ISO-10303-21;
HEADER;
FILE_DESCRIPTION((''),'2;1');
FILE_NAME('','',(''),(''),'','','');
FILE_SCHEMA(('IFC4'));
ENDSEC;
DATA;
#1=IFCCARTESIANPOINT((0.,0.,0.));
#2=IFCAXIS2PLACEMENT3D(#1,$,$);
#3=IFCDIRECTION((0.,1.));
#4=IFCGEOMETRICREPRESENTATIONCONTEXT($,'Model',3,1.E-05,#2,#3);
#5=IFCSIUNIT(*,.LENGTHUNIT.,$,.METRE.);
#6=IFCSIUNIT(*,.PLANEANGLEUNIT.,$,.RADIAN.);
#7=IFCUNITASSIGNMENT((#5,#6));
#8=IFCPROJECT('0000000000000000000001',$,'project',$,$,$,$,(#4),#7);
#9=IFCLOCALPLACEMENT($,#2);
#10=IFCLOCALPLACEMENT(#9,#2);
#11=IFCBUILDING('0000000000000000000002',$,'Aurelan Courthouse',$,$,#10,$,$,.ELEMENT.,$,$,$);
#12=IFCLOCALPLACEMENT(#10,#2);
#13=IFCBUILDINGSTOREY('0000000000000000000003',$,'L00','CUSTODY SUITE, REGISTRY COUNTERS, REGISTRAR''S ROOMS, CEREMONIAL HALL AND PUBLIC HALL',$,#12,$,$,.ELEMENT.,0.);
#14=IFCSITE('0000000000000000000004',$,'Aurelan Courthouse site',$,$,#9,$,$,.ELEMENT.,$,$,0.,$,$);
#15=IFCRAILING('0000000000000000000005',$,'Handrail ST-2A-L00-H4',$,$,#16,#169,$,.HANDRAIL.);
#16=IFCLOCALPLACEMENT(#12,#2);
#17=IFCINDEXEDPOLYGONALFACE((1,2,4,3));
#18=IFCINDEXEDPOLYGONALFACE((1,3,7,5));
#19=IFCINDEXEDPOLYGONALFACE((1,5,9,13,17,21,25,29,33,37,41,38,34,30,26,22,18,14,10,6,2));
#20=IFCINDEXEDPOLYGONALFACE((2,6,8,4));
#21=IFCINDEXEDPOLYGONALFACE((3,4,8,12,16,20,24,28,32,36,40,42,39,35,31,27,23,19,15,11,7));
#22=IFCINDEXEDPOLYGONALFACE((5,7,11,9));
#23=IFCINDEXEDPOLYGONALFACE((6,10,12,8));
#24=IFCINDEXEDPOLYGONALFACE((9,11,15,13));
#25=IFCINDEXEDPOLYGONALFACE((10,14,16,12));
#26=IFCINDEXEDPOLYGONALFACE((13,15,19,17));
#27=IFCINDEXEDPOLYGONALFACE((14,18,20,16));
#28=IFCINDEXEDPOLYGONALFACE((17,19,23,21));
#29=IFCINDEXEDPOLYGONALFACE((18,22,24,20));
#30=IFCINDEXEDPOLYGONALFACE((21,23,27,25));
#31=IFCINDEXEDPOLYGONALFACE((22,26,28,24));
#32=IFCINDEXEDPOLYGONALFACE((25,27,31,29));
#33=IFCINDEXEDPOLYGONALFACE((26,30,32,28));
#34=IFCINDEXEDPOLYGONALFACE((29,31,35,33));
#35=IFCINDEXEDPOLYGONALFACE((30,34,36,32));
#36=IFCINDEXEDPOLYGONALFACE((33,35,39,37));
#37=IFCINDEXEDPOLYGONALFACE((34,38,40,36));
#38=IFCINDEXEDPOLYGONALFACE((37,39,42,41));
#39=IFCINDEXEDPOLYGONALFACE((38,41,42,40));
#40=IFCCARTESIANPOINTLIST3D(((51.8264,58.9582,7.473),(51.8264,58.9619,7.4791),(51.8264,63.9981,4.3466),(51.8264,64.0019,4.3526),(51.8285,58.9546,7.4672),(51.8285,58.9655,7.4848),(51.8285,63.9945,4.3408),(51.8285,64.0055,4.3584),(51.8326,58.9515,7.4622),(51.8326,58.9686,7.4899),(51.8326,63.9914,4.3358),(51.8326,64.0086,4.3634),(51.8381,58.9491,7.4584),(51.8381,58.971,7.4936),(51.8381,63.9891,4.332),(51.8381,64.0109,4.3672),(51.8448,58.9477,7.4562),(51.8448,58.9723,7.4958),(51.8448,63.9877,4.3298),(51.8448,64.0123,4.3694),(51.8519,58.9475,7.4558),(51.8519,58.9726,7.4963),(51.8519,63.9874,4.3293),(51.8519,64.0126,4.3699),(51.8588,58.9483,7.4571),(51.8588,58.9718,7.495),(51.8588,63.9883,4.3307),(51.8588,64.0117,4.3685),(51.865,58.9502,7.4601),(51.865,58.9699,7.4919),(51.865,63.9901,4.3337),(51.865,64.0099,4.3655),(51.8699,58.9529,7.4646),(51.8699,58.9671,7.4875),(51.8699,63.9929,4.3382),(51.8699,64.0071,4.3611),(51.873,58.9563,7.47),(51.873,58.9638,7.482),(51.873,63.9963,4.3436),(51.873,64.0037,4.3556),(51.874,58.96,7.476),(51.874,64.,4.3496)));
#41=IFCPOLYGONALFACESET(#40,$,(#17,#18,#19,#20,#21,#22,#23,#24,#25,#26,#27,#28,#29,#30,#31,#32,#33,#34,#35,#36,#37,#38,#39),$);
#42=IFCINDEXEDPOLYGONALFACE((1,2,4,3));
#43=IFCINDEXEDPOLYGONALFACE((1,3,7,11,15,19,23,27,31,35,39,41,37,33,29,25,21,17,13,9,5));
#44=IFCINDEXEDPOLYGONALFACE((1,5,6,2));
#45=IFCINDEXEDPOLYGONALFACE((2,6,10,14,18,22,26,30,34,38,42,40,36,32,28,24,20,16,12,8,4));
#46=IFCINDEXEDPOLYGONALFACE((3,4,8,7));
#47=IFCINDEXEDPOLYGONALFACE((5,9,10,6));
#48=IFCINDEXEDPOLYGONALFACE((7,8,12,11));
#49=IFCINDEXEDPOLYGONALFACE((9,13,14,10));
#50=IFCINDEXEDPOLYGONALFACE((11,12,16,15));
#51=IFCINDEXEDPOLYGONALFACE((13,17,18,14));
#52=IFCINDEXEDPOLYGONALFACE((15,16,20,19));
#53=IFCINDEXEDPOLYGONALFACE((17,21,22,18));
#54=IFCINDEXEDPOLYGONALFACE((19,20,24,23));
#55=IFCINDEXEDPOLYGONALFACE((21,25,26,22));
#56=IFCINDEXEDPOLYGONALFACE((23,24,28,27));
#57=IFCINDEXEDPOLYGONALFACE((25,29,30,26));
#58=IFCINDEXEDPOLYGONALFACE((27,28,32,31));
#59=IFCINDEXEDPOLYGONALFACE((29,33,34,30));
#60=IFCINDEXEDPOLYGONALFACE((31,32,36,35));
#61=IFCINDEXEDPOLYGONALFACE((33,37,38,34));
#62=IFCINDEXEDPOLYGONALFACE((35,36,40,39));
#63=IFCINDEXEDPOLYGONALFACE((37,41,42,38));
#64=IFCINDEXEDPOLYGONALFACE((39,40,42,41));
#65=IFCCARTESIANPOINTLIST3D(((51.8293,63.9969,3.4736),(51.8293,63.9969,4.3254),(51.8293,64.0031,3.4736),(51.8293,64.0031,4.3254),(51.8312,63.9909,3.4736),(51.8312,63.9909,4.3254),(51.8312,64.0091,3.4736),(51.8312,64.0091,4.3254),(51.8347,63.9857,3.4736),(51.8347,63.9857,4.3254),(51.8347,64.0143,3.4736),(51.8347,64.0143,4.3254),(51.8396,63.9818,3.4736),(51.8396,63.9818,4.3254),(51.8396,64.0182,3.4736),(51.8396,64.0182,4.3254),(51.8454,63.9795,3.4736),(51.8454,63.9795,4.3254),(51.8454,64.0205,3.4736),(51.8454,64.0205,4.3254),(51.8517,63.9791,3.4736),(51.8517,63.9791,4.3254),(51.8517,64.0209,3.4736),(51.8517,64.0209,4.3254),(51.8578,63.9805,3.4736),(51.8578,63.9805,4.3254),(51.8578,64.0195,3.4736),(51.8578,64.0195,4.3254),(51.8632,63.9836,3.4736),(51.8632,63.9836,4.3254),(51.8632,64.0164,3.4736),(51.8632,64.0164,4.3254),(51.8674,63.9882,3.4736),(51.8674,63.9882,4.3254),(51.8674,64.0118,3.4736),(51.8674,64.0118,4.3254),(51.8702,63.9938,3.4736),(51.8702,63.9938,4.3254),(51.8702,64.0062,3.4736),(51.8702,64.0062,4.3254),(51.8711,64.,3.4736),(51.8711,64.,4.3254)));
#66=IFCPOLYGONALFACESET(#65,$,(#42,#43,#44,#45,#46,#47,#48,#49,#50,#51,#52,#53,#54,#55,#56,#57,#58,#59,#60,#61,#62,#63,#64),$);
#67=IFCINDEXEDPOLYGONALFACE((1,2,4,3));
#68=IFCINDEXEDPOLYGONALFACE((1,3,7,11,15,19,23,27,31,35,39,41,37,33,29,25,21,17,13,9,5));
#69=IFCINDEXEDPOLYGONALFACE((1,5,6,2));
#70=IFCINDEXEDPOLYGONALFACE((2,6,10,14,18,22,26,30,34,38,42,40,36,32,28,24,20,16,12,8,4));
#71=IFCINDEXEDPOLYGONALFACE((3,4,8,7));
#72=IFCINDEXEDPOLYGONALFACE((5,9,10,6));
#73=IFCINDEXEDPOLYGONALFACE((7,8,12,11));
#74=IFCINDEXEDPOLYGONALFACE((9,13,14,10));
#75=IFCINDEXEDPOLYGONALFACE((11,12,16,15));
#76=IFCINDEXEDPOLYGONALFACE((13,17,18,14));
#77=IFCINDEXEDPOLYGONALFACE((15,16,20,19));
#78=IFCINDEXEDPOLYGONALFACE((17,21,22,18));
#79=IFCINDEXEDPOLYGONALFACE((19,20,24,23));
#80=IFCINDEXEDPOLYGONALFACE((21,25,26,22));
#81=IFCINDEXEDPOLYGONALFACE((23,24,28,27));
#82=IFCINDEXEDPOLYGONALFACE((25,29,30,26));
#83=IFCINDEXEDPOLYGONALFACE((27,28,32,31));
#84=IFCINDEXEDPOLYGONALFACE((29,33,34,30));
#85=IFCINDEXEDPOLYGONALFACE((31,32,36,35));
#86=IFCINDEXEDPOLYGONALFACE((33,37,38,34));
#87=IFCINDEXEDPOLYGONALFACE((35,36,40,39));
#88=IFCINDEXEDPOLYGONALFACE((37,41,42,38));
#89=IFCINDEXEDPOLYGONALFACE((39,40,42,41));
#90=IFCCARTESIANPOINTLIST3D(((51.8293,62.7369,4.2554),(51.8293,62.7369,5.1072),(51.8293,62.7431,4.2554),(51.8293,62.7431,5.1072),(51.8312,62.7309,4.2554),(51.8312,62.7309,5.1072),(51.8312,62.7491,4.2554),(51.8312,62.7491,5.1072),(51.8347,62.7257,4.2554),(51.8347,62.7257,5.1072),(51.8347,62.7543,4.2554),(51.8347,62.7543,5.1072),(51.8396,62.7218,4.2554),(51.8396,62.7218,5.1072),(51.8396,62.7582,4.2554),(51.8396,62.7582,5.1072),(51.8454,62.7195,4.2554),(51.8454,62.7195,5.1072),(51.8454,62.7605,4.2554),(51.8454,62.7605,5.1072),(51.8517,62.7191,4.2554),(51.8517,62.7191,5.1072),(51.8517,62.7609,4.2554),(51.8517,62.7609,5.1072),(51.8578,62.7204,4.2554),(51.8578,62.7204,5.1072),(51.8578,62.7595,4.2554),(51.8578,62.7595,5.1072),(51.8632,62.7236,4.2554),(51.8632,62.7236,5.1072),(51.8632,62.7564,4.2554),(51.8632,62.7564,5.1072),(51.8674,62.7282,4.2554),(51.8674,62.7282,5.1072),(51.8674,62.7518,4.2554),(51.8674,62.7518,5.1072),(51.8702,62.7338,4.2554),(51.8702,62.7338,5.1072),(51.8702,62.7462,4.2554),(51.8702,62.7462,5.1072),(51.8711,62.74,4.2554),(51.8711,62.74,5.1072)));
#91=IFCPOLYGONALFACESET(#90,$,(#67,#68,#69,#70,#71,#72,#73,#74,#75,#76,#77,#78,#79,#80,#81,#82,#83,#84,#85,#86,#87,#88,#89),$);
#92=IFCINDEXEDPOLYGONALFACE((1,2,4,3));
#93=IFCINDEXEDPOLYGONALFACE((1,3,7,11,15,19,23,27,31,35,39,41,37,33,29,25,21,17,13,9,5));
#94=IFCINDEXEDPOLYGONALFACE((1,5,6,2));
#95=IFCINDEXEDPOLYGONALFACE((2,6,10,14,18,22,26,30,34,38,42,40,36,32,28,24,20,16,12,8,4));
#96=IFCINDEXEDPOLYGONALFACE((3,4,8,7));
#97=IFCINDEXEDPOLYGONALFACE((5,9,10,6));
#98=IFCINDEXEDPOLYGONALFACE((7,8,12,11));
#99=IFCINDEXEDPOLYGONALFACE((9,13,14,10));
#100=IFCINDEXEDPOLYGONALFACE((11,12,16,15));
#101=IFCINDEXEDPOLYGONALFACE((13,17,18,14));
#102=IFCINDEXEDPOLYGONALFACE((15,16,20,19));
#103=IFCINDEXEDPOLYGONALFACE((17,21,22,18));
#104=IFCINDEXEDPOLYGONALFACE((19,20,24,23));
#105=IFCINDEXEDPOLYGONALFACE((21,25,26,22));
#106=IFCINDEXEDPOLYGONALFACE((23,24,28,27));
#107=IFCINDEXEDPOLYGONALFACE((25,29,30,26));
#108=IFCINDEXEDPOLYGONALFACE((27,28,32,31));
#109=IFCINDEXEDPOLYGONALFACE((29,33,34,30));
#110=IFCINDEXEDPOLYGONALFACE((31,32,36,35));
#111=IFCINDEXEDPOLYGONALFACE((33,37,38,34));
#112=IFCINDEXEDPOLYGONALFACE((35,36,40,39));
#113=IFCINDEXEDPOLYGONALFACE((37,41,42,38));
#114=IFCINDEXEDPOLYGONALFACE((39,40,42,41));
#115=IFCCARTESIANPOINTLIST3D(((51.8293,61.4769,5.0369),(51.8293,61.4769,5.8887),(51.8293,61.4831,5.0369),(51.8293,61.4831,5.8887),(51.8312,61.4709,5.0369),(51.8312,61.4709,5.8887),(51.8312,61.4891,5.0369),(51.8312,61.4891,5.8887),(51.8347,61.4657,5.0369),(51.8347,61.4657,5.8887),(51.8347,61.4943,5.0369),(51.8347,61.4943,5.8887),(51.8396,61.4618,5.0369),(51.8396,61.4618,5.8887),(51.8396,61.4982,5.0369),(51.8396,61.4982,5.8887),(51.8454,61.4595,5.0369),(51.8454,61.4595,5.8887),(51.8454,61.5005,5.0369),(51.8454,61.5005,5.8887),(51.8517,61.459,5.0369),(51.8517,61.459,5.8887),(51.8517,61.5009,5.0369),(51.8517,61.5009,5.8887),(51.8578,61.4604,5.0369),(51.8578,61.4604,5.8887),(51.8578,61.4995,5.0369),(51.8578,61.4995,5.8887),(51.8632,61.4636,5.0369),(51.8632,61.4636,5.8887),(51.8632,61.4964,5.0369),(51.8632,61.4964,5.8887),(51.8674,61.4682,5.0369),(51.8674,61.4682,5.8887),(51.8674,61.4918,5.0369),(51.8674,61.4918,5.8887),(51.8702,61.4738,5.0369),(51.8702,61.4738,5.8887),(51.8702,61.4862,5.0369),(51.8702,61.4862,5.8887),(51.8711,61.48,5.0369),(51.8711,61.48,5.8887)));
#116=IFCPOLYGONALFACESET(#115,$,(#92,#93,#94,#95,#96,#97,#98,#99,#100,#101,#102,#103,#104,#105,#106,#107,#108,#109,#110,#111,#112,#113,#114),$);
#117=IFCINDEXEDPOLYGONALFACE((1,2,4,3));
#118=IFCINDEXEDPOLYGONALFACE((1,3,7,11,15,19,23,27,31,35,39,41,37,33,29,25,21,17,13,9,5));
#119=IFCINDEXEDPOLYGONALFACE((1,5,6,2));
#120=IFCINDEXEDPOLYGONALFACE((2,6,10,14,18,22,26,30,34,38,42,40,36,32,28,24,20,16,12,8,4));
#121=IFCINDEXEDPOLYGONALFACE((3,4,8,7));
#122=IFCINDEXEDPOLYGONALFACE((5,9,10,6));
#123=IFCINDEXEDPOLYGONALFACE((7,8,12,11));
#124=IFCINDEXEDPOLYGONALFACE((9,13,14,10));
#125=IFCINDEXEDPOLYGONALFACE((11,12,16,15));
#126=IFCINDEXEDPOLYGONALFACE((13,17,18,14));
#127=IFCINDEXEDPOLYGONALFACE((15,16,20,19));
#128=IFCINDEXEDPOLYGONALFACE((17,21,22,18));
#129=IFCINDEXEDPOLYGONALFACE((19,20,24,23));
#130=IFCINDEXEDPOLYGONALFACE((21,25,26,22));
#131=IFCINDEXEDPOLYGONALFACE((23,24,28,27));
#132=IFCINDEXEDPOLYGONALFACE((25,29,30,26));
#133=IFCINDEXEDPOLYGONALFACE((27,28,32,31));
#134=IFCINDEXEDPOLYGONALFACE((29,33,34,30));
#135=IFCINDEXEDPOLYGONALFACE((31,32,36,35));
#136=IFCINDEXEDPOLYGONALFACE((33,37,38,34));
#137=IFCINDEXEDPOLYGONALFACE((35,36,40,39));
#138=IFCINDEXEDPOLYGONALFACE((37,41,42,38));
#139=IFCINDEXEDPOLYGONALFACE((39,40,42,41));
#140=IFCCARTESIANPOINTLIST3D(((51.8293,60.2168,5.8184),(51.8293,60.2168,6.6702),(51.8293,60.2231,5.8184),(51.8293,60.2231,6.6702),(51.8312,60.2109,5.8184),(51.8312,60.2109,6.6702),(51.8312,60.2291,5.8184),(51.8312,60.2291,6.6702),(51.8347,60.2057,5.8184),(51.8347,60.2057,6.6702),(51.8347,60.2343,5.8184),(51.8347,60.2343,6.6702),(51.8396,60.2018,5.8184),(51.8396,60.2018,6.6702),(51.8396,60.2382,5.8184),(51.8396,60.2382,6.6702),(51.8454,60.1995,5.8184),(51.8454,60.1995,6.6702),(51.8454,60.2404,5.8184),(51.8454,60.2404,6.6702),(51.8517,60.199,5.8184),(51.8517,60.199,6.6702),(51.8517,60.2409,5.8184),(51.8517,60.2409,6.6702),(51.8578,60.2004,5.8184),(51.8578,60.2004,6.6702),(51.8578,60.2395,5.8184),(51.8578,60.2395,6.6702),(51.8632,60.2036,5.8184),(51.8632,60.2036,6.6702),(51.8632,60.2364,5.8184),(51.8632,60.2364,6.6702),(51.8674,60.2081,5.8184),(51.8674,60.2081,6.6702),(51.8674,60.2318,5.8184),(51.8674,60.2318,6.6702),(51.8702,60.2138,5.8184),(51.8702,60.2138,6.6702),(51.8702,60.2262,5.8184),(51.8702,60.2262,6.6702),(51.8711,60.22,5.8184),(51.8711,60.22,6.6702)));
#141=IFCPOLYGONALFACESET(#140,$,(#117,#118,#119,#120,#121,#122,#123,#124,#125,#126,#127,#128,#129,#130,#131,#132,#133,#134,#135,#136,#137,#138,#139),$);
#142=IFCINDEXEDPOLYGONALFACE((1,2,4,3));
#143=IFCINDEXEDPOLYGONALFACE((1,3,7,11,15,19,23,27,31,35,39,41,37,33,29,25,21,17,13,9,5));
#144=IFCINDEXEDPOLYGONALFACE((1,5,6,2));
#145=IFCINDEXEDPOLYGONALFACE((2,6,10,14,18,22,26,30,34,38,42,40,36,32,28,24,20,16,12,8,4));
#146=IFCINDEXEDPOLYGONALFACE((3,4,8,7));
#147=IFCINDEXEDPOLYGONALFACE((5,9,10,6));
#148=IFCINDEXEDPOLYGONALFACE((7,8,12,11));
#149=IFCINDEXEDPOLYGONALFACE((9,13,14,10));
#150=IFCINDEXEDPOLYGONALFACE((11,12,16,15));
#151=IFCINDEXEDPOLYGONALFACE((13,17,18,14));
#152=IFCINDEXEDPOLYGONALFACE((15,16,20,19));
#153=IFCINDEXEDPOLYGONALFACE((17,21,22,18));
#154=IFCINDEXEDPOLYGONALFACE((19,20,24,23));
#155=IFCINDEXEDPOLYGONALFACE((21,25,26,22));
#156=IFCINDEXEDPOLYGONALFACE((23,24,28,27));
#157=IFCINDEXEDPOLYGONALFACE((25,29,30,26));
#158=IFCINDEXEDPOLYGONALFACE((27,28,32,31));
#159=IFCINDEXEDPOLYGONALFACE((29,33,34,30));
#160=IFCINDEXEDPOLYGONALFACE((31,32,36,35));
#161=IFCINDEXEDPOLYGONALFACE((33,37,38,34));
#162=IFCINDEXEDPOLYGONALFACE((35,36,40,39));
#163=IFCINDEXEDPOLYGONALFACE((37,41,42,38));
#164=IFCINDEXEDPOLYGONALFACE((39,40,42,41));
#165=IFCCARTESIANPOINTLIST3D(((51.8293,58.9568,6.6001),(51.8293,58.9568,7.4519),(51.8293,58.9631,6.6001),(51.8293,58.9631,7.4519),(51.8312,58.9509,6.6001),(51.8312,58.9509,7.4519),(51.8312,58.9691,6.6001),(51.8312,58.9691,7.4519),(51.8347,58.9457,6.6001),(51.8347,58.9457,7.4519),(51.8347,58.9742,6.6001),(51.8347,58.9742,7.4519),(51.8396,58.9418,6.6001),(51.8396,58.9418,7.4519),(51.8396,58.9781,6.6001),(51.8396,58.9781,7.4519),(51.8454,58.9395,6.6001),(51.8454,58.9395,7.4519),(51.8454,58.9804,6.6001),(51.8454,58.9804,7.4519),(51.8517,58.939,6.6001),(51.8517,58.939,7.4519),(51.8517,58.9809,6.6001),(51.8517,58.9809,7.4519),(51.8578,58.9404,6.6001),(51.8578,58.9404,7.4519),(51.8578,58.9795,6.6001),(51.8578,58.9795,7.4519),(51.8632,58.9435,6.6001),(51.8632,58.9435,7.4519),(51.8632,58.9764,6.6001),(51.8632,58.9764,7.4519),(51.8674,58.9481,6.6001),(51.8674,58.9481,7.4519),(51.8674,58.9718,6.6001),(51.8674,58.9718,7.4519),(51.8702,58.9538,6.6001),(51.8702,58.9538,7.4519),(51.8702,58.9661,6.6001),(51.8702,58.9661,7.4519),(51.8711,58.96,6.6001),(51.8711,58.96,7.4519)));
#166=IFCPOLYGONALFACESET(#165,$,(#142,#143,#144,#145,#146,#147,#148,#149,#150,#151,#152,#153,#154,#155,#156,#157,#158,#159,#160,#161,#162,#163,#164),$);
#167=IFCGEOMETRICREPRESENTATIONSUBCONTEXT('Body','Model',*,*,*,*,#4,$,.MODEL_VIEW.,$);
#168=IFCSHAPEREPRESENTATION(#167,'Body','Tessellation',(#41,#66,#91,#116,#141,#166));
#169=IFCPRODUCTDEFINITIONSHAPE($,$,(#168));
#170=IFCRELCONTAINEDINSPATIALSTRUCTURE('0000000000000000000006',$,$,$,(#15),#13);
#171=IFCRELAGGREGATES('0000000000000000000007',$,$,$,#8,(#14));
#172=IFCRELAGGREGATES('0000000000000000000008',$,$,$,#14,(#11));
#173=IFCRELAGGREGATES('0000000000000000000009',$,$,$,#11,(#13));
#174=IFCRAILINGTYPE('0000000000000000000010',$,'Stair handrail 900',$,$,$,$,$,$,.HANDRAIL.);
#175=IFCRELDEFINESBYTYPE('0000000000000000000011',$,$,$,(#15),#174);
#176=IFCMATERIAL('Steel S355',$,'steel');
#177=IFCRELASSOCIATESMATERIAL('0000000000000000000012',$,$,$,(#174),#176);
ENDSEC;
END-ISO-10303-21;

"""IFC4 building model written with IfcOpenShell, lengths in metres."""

from ifc_helpers import new_model, si_unit, direction, frame, origin, origin_2d, place, context, subcontext, project, spatial, circle, extrude, material, type_object, element, save


model = new_model("IFC4")

# Units and contexts
model_context = context("Model", 3, precision=1e-05, world=origin(), true_north=direction((0.0, 1.0)))
body_context = subcontext(model_context, "Body", "Model", "MODEL_VIEW")
ifc_project = project(units=[si_unit("LENGTHUNIT", "METRE"), si_unit("PLANEANGLEUNIT", "RADIAN")], contexts=[model_context])

# Site, building, storey
site_placement = place(None, origin())
site = spatial("IfcSite", under=ifc_project, at=site_placement, Name="Aurelan Courthouse site", CompositionType="ELEMENT", RefElevation=0.0)
building_placement = place(site_placement, origin())
building = spatial("IfcBuilding", under=site, at=building_placement, Name="Aurelan Courthouse", CompositionType="ELEMENT")
storey_placement = place(building_placement, origin())
storey = spatial("IfcBuildingStorey", under=building, at=storey_placement, Name="L00", Description="CUSTODY SUITE, REGISTRY COUNTERS, REGISTRAR'S ROOMS, CEREMONIAL HALL AND PUBLIC HALL", CompositionType="ELEMENT", Elevation=0.0)

# Railing
ifc_material_1 = material(Name="Steel S355", Category="steel")
railing_type_1 = type_object("IfcRailingType", Name="Stair handrail 900", PredefinedType="HANDRAIL", material=ifc_material_1)
for number, where, name in (
    (1, (51.8501, 64.0, 3.4736), "Handrail ST-2A-L00-H4"),
):
    element("IfcRailing", number, at=place(storey_placement, frame(where)), inside=storey, type_object=railing_type_1, Name=name, PredefinedType="HANDRAIL", context=body_context, shape_type="SweptSolid", body=[
        extrude(circle(Radius=0.0239, at=origin_2d()), frame((0.0, 0.0, 0.876), z_axis=(0.0, -0.849779, 0.527139), x_axis=(1.0, 0.0, 0.0)), (0.0, 0.0, 1.0), 5.9309),
        extrude(circle(Radius=0.021, at=origin_2d()), origin(), (0.0, 0.0, 1.0), 0.8518),
        extrude(circle(Radius=0.021, at=origin_2d()), frame((0.0, -1.26, 0.7817)), (0.0, 0.0, 1.0), 0.8518),
        extrude(circle(Radius=0.021, at=origin_2d()), frame((0.0, -2.52, 1.5632)), (0.0, 0.0, 1.0), 0.8518),
        extrude(circle(Radius=0.021, at=origin_2d()), frame((0.0, -3.78, 2.3447)), (0.0, 0.0, 1.0), 0.8518),
        extrude(circle(Radius=0.021, at=origin_2d()), frame((0.0, -5.04, 3.1265)), (0.0, 0.0, 1.0), 0.8518),
    ])

save(model, "model.ifc")
